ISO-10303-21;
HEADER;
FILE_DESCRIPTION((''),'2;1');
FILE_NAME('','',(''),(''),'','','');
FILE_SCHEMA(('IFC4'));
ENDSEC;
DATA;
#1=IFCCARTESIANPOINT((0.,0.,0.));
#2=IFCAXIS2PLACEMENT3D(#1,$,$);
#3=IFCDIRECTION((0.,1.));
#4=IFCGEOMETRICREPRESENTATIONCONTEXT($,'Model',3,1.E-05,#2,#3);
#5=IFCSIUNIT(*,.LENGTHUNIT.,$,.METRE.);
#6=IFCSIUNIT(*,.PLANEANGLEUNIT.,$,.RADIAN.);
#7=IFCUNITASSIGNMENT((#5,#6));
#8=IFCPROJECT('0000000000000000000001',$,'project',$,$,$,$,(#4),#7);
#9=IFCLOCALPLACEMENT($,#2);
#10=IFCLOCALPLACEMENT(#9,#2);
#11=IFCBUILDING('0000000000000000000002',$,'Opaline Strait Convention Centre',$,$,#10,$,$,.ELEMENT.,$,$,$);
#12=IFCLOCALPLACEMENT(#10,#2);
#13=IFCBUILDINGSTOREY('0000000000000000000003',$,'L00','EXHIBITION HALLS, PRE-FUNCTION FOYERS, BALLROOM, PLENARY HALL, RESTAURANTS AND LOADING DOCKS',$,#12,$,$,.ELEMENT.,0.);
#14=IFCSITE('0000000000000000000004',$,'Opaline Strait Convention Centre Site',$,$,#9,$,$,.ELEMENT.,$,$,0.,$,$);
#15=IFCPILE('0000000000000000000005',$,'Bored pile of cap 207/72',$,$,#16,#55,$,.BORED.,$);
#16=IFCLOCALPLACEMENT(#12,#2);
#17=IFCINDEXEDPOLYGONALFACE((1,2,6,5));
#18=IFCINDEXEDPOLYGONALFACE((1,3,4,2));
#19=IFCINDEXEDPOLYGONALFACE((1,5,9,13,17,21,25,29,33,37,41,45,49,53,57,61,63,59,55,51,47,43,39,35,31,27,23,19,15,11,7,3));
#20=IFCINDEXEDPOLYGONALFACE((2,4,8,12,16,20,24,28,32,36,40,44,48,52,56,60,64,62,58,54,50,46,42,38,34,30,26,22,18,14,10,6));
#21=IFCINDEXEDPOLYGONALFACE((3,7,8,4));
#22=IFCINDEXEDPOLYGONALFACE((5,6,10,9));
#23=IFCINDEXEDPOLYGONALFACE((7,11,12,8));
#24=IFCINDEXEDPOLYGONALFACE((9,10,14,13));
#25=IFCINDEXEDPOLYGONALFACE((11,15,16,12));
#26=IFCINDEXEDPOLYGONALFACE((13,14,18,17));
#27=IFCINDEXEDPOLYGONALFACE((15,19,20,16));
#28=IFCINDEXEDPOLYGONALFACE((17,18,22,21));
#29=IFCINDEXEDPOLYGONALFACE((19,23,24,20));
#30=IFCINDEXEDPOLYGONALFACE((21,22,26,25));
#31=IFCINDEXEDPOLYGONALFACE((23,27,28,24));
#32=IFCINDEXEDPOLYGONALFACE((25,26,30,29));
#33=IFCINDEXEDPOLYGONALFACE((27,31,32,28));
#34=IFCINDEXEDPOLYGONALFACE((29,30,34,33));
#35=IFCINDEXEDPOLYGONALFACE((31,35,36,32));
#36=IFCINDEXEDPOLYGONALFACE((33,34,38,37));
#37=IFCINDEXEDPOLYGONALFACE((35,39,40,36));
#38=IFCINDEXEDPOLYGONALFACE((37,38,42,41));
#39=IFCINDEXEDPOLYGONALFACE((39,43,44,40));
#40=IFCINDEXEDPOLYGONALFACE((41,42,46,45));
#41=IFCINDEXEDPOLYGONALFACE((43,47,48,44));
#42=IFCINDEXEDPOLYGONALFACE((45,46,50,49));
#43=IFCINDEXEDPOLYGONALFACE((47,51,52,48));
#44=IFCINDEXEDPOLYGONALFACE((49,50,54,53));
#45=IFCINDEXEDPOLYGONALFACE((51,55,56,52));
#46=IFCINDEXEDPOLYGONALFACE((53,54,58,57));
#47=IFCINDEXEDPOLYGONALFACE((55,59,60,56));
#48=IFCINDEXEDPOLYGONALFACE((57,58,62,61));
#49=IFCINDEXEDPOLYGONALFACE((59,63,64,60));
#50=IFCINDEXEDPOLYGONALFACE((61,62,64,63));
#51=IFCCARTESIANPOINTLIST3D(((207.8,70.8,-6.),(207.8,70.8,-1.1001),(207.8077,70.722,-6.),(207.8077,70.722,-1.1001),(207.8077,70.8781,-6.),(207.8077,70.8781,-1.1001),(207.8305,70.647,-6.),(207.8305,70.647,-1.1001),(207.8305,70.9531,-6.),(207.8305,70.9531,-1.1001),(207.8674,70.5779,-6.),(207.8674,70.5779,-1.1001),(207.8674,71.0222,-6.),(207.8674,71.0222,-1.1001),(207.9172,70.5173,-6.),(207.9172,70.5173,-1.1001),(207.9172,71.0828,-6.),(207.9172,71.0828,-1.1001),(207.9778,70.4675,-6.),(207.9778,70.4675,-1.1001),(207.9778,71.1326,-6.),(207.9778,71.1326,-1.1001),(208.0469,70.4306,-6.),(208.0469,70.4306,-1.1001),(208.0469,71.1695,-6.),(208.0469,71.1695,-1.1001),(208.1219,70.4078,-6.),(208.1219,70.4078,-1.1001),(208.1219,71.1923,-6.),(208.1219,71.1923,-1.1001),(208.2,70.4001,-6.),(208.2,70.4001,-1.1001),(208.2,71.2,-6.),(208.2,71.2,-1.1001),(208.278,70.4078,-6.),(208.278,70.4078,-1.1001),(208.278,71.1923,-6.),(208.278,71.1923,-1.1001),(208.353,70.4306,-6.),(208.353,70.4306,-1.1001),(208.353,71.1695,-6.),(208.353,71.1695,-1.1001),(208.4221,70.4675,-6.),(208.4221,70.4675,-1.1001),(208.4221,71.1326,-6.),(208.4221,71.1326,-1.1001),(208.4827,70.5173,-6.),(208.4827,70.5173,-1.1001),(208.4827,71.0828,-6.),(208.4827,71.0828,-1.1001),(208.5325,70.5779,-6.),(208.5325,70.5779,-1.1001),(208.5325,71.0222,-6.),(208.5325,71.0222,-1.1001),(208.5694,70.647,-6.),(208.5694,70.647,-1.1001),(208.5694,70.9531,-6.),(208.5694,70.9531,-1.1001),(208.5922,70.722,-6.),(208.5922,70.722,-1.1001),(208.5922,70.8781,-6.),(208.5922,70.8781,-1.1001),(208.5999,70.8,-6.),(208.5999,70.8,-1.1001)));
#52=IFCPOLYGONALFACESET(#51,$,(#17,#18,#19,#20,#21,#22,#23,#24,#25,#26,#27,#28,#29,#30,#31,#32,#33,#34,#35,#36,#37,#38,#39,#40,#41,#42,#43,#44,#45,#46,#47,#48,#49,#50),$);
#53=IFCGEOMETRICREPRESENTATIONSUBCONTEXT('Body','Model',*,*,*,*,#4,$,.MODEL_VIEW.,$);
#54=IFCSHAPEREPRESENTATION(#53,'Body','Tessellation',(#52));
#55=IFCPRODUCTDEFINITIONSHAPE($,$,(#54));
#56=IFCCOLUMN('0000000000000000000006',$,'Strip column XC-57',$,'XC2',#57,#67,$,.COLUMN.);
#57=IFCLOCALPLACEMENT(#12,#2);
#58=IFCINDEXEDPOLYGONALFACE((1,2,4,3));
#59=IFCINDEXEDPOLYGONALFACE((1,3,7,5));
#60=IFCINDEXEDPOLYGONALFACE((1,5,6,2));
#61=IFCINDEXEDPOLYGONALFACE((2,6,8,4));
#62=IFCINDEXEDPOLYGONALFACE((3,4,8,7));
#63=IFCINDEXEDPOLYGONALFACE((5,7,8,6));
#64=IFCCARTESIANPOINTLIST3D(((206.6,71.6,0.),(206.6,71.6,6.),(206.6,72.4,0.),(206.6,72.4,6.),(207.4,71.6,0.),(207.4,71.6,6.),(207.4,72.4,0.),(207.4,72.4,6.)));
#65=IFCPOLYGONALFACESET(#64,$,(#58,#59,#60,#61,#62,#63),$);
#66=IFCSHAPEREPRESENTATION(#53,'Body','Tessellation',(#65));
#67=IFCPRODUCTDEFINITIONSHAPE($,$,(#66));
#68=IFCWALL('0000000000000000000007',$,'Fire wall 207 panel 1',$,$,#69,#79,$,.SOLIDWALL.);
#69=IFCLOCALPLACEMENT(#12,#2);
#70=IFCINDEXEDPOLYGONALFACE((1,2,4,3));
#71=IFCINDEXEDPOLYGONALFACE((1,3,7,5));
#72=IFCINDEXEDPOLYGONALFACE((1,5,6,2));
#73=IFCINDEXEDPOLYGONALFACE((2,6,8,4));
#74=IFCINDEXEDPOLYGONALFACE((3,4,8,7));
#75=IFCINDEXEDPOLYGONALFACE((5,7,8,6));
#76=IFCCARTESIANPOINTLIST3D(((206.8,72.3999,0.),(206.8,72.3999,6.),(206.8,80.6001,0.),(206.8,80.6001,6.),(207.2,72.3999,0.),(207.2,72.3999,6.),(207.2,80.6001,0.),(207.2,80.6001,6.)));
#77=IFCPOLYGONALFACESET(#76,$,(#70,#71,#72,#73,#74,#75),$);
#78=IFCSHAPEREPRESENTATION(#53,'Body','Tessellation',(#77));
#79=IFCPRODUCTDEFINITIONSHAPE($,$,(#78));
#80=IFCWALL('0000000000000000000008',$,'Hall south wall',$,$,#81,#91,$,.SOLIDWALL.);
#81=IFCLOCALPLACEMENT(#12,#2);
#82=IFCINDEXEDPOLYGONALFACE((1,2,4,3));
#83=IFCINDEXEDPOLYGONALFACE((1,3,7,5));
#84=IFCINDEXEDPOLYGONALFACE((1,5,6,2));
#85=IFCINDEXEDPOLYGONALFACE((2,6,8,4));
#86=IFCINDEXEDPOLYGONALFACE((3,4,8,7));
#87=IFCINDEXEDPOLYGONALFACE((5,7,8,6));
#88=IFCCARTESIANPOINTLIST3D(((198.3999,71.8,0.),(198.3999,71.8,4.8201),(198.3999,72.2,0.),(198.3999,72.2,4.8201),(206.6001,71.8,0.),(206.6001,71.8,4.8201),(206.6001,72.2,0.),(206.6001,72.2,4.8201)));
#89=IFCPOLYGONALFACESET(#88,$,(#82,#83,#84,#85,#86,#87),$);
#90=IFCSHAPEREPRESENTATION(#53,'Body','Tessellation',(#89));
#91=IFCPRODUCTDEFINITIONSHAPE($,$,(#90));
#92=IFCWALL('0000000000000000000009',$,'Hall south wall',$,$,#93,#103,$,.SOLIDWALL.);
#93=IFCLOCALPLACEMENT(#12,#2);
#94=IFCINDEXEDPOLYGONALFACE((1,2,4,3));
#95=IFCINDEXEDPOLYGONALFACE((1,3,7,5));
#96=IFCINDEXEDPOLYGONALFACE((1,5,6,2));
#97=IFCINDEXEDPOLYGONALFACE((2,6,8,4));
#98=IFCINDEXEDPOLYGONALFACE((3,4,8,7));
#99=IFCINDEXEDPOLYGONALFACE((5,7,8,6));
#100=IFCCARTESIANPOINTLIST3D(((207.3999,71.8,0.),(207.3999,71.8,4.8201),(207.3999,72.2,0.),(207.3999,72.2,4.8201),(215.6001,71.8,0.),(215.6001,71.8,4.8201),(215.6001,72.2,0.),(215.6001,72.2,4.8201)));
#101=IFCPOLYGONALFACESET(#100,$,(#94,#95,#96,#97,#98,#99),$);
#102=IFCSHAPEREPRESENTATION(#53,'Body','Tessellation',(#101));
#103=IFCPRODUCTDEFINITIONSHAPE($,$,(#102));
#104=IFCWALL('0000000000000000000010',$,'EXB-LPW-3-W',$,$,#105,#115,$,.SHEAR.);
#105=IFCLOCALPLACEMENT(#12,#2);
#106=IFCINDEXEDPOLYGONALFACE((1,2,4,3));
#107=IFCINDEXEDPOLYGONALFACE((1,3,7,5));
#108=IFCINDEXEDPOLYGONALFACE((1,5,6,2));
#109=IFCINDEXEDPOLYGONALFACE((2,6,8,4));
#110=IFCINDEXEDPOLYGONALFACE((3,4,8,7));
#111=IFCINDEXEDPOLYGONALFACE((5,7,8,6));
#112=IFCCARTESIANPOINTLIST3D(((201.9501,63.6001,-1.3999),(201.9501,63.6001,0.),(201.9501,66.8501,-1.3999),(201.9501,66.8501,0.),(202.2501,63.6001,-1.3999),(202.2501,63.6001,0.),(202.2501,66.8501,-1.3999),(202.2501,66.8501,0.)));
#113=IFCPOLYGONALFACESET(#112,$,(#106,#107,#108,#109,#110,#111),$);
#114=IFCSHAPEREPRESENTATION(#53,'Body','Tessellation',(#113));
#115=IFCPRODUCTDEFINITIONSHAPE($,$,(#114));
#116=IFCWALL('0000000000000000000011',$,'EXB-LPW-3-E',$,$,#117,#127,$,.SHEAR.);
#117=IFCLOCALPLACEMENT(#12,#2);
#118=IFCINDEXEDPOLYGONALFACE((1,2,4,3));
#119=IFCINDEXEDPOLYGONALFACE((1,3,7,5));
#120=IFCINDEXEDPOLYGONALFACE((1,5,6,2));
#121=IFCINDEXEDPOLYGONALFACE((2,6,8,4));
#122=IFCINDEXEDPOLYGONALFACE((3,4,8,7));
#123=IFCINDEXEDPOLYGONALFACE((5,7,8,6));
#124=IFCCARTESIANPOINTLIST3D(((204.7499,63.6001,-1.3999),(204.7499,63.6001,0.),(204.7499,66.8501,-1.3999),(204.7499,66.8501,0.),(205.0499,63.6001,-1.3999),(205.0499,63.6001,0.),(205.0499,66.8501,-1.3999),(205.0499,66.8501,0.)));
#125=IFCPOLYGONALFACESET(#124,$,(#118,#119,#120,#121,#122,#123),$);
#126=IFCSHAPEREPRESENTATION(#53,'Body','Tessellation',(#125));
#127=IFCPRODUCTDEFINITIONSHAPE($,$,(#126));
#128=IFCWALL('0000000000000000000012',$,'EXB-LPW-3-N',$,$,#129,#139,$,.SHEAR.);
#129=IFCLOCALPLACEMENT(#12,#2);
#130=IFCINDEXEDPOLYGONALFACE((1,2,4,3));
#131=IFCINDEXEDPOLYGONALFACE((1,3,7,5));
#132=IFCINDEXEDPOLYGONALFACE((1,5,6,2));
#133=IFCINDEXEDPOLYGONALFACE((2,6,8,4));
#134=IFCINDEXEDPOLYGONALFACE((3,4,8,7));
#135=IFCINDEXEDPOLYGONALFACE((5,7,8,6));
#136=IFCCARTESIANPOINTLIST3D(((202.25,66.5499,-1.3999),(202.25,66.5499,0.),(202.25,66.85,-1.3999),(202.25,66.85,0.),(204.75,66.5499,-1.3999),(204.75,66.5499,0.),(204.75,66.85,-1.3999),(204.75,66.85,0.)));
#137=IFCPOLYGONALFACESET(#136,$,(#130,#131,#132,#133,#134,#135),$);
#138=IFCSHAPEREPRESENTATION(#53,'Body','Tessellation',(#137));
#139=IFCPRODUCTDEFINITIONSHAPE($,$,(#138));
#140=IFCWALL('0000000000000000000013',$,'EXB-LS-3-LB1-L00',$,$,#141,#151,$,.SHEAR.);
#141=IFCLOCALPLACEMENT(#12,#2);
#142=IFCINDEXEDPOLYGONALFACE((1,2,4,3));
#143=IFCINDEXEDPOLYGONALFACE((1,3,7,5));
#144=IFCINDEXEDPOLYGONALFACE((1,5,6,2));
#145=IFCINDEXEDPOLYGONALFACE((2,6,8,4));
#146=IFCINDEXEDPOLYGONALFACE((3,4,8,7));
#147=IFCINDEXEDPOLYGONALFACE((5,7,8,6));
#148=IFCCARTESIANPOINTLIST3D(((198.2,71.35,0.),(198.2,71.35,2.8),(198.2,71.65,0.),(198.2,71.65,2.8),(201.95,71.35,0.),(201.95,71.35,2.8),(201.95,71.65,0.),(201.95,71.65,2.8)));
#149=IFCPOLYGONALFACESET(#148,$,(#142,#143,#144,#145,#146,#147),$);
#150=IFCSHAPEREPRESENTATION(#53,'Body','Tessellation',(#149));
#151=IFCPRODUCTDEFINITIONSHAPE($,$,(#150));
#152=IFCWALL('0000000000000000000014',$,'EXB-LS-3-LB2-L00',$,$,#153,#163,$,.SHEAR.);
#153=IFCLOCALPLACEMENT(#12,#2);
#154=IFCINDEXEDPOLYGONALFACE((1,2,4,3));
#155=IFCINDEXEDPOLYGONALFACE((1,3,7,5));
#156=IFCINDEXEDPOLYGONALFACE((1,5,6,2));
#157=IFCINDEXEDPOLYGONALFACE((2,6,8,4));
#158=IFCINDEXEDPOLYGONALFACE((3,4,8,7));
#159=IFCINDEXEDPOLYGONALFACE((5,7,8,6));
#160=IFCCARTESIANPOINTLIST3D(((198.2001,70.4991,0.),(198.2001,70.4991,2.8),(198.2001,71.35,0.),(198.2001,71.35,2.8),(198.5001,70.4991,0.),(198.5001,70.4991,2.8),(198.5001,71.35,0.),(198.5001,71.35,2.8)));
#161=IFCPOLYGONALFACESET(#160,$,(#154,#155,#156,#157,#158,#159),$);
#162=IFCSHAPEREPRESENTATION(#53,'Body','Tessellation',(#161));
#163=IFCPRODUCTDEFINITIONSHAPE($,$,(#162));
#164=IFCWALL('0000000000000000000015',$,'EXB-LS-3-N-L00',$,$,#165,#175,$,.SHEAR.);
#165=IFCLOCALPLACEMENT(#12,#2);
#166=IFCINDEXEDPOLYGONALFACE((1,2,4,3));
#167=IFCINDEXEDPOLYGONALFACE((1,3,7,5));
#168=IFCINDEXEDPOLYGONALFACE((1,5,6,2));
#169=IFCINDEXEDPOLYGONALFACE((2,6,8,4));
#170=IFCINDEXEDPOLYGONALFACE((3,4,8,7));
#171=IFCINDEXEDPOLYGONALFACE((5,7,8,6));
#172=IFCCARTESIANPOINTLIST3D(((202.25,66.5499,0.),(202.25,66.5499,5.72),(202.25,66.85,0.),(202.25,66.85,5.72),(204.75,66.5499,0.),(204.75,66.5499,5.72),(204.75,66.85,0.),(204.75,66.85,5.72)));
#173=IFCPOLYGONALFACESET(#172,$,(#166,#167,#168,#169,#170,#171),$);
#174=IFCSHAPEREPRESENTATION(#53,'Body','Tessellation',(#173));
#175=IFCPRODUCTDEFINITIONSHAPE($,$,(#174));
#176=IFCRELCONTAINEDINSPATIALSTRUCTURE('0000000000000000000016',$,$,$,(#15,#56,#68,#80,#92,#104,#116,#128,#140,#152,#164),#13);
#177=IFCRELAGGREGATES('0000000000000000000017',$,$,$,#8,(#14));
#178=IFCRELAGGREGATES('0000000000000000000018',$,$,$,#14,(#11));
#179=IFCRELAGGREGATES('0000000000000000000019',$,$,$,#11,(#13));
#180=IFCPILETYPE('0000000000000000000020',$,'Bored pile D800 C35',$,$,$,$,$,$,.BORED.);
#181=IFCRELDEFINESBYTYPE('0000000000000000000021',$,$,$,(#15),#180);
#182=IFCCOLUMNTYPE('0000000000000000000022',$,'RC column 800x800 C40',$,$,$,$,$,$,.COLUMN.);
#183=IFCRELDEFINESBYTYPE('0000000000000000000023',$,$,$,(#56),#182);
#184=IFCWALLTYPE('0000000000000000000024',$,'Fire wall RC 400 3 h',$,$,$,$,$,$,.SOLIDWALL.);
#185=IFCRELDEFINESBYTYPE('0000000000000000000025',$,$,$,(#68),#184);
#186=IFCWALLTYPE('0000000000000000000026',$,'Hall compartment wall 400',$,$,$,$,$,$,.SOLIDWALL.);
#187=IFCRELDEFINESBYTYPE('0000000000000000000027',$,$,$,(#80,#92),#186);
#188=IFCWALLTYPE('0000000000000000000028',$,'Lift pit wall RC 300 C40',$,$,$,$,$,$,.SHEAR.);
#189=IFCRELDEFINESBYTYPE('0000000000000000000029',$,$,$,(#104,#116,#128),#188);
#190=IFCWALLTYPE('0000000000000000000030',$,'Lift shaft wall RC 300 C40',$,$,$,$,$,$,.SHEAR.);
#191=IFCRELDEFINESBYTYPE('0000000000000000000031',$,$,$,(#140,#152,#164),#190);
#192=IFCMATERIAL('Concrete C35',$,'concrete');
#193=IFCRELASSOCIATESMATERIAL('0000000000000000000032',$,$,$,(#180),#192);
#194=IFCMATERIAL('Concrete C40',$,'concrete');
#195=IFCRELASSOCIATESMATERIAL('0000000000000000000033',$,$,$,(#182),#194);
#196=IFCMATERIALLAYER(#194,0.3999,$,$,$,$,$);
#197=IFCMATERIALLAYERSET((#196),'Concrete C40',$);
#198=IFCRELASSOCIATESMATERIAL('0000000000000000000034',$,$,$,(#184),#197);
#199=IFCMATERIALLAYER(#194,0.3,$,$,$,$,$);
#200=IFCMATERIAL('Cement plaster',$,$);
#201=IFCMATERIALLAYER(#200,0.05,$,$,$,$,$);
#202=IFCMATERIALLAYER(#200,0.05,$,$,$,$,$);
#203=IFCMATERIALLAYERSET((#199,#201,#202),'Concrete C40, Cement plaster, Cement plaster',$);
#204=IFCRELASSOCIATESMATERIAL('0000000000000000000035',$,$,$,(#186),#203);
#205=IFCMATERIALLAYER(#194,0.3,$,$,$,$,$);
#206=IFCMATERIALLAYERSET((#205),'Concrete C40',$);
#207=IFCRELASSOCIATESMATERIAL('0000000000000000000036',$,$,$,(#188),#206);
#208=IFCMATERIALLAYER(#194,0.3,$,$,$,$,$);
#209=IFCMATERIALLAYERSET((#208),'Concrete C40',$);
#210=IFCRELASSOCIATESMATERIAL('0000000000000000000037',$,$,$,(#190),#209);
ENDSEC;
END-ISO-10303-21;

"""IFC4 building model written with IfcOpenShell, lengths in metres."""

from ifc_helpers import new_model, si_unit, direction, frame, frame_2d, origin, origin_2d, place, context, subcontext, project, spatial, rectangle, circle, extrude, material, layer, layer_set, material_profile, profile_set, type_object, element, save


model = new_model("IFC4")

# Units and contexts
model_context = context("Model", 3, precision=1e-05, world=origin(), true_north=direction((0.0, 1.0)))
body_context = subcontext(model_context, "Body", "Model", "MODEL_VIEW")
ifc_project = project(units=[si_unit("LENGTHUNIT", "METRE"), si_unit("PLANEANGLEUNIT", "RADIAN")], contexts=[model_context])

# Site, building, storey
site_placement = place(None, origin())
site = spatial("IfcSite", under=ifc_project, at=site_placement, Name="Opaline Strait Convention Centre Site", CompositionType="ELEMENT", RefElevation=0.0)
building_placement = place(site_placement, origin())
building = spatial("IfcBuilding", under=site, at=building_placement, Name="Opaline Strait Convention Centre", CompositionType="ELEMENT")
storey_placement = place(building_placement, origin())
storey = spatial("IfcBuildingStorey", under=building, at=storey_placement, Name="L00", Description="EXHIBITION HALLS, PRE-FUNCTION FOYERS, BALLROOM, PLENARY HALL, RESTAURANTS AND LOADING DOCKS", CompositionType="ELEMENT", Elevation=0.0)

# Pile
ifc_material_1 = material(Name="Concrete C35", Category="concrete")
ifc_material_profile_1 = material_profile(ifc_material_1, circle(Radius=0.3999, at=origin_2d()), Name="D800")
ifc_profile_set_1 = profile_set([ifc_material_profile_1], Name="Concrete C35")
pile_type = type_object("IfcPileType", Name="Bored pile D800 C35", PredefinedType="BORED", material=ifc_profile_set_1)
for number, where, z_axis, x_axis, name in (
    (1, (208.2, 70.8, -1.1001), (0.0, 0.0, -1.0), (1.0, 0.0, 0.0), "Bored pile of cap 207/72"),
):
    element("IfcPile", number, at=place(storey_placement, frame(where, z_axis=z_axis, x_axis=x_axis)), inside=storey, type_object=pile_type, Name=name, PredefinedType="BORED", context=body_context, shape_type="SweptSolid", body=[
        extrude(circle(Radius=0.3999, at=origin_2d()), origin(), (0.0, 0.0, 1.0), 4.8999),
    ])

# Column
ifc_material_2 = material(Name="Concrete C40", Category="concrete")
ifc_material_profile_2 = material_profile(ifc_material_2, rectangle(XDim=0.8, YDim=0.8, at=origin_2d()), Name="RC 800x800")
ifc_profile_set_2 = profile_set([ifc_material_profile_2], Name="Concrete C40")
column_type = type_object("IfcColumnType", Name="RC column 800x800 C40", PredefinedType="COLUMN", material=ifc_profile_set_2)
column_placement = place(storey_placement, frame((207.0, 72.0, 0.0), z_axis=(0.0, 0.0, 1.0), x_axis=(1.0, 0.0, 0.0)))
element("IfcColumn", 2, at=column_placement, inside=storey, type_object=column_type, Name="Strip column XC-57", ObjectType="XC2", PredefinedType="COLUMN", context=body_context, shape_type="SweptSolid", body=[
    extrude(rectangle(XDim=0.8, YDim=0.8, at=origin_2d()), origin(), (0.0, 0.0, 1.0), 6.0),
])

# Walls
ifc_layer_1 = layer(ifc_material_2, 0.3999)
ifc_layer_set_1 = layer_set([ifc_layer_1], Name="Concrete C40")
wall_type_1 = type_object("IfcWallType", Name="Fire wall RC 400 3 h", PredefinedType="SOLIDWALL", material=ifc_layer_set_1)
wall_1_placement = place(storey_placement, frame((207.0, 72.3999, 0.0), z_axis=(0.0, 0.0, 1.0), x_axis=(0.0, 1.0, 0.0)))
element("IfcWall", 3, at=wall_1_placement, inside=storey, type_object=wall_type_1, Name="Fire wall 207 panel 1", PredefinedType="SOLIDWALL", context=body_context, shape_type="SweptSolid", body=[
    extrude(rectangle(XDim=8.2002, YDim=0.3999, at=frame_2d((4.1001, 0.0))), origin(), (0.0, 0.0, 1.0), 6.0),
])
ifc_layer_2 = layer(ifc_material_2, 0.3)
ifc_material_3 = material(Name="Cement plaster")
ifc_layer_3 = layer(ifc_material_3, 0.05)
ifc_layer_4 = layer(ifc_material_3, 0.05)
ifc_layer_set_2 = layer_set([ifc_layer_2, ifc_layer_3, ifc_layer_4], Name="Concrete C40, Cement plaster, Cement plaster")
wall_type_2 = type_object("IfcWallType", Name="Hall compartment wall 400", PredefinedType="SOLIDWALL", material=ifc_layer_set_2)
for number, where, z_axis, x_axis, name in (
    (4, (198.3999, 72.0, 0.0), (0.0, 0.0, 1.0), (1.0, 0.0, 0.0), "Hall south wall"),
    (5, (207.3999, 72.0, 0.0), (0.0, 0.0, 1.0), (1.0, 0.0, 0.0), "Hall south wall"),
):
    element("IfcWall", number, at=place(storey_placement, frame(where, z_axis=z_axis, x_axis=x_axis)), inside=storey, type_object=wall_type_2, Name=name, PredefinedType="SOLIDWALL", context=body_context, shape_type="SweptSolid", body=[
        extrude(rectangle(XDim=8.2002, YDim=0.3999, at=frame_2d((4.1001, 0.0))), origin(), (0.0, 0.0, 1.0), 4.8201),
    ])
ifc_layer_5 = layer(ifc_material_2, 0.3)
ifc_layer_set_3 = layer_set([ifc_layer_5], Name="Concrete C40")
wall_type_3 = type_object("IfcWallType", Name="Lift pit wall RC 300 C40", PredefinedType="SHEAR", material=ifc_layer_set_3)
for number, where, z_axis, x_axis, name in (
    (6, (202.1001, 63.6001, -1.3999), (0.0, 0.0, 1.0), (0.0, 1.0, 0.0), "EXB-LPW-3-W"),
    (7, (204.8999, 63.6001, -1.3999), (0.0, 0.0, 1.0), (0.0, 1.0, 0.0), "EXB-LPW-3-E"),
):
    element("IfcWall", number, at=place(storey_placement, frame(where, z_axis=z_axis, x_axis=x_axis)), inside=storey, type_object=wall_type_3, Name=name, PredefinedType="SHEAR", context=body_context, shape_type="SweptSolid", body=[
        extrude(rectangle(XDim=3.25, YDim=0.3, at=frame_2d((1.625, 0.0))), origin(), (0.0, 0.0, 1.0), 1.3999),
    ])
wall_2_placement = place(storey_placement, frame((202.25, 66.7, -1.3999), z_axis=(0.0, 0.0, 1.0), x_axis=(1.0, 0.0, 0.0)))
element("IfcWall", 8, at=wall_2_placement, inside=storey, type_object=wall_type_3, Name="EXB-LPW-3-N", PredefinedType="SHEAR", context=body_context, shape_type="SweptSolid", body=[
    extrude(rectangle(XDim=2.5, YDim=0.3, at=frame_2d((1.25, 0.0))), origin(), (0.0, 0.0, 1.0), 1.3999),
])
ifc_layer_6 = layer(ifc_material_2, 0.3)
ifc_layer_set_4 = layer_set([ifc_layer_6], Name="Concrete C40")
wall_type_4 = type_object("IfcWallType", Name="Lift shaft wall RC 300 C40", PredefinedType="SHEAR", material=ifc_layer_set_4)
wall_3_placement = place(storey_placement, frame((198.2, 71.5, 0.0), z_axis=(0.0, 0.0, 1.0), x_axis=(1.0, 0.0, 0.0)))
element("IfcWall", 9, at=wall_3_placement, inside=storey, type_object=wall_type_4, Name="EXB-LS-3-LB1-L00", PredefinedType="SHEAR", context=body_context, shape_type="SweptSolid", body=[
    extrude(rectangle(XDim=3.75, YDim=0.3, at=frame_2d((1.875, 0.0))), origin(), (0.0, 0.0, 1.0), 2.8),
])
wall_4_placement = place(storey_placement, frame((198.3501, 70.4993, 0.0), z_axis=(0.0, 0.0, 1.0), x_axis=(0.0, 1.0, 0.0)))
element("IfcWall", 10, at=wall_4_placement, inside=storey, type_object=wall_type_4, Name="EXB-LS-3-LB2-L00", PredefinedType="SHEAR", context=body_context, shape_type="SweptSolid", body=[
    extrude(rectangle(XDim=0.8508, YDim=0.3, at=frame_2d((0.4253, 0.0))), origin(), (0.0, 0.0, 1.0), 2.8),
])
wall_5_placement = place(storey_placement, frame((202.25, 66.7, 0.0), z_axis=(0.0, 0.0, 1.0), x_axis=(1.0, 0.0, 0.0)))
element("IfcWall", 11, at=wall_5_placement, inside=storey, type_object=wall_type_4, Name="EXB-LS-3-N-L00", PredefinedType="SHEAR", context=body_context, shape_type="SweptSolid", body=[
    extrude(rectangle(XDim=2.5, YDim=0.3, at=frame_2d((1.25, 0.0))), origin(), (0.0, 0.0, 1.0), 5.72),
])

save(model, "model.ifc")
